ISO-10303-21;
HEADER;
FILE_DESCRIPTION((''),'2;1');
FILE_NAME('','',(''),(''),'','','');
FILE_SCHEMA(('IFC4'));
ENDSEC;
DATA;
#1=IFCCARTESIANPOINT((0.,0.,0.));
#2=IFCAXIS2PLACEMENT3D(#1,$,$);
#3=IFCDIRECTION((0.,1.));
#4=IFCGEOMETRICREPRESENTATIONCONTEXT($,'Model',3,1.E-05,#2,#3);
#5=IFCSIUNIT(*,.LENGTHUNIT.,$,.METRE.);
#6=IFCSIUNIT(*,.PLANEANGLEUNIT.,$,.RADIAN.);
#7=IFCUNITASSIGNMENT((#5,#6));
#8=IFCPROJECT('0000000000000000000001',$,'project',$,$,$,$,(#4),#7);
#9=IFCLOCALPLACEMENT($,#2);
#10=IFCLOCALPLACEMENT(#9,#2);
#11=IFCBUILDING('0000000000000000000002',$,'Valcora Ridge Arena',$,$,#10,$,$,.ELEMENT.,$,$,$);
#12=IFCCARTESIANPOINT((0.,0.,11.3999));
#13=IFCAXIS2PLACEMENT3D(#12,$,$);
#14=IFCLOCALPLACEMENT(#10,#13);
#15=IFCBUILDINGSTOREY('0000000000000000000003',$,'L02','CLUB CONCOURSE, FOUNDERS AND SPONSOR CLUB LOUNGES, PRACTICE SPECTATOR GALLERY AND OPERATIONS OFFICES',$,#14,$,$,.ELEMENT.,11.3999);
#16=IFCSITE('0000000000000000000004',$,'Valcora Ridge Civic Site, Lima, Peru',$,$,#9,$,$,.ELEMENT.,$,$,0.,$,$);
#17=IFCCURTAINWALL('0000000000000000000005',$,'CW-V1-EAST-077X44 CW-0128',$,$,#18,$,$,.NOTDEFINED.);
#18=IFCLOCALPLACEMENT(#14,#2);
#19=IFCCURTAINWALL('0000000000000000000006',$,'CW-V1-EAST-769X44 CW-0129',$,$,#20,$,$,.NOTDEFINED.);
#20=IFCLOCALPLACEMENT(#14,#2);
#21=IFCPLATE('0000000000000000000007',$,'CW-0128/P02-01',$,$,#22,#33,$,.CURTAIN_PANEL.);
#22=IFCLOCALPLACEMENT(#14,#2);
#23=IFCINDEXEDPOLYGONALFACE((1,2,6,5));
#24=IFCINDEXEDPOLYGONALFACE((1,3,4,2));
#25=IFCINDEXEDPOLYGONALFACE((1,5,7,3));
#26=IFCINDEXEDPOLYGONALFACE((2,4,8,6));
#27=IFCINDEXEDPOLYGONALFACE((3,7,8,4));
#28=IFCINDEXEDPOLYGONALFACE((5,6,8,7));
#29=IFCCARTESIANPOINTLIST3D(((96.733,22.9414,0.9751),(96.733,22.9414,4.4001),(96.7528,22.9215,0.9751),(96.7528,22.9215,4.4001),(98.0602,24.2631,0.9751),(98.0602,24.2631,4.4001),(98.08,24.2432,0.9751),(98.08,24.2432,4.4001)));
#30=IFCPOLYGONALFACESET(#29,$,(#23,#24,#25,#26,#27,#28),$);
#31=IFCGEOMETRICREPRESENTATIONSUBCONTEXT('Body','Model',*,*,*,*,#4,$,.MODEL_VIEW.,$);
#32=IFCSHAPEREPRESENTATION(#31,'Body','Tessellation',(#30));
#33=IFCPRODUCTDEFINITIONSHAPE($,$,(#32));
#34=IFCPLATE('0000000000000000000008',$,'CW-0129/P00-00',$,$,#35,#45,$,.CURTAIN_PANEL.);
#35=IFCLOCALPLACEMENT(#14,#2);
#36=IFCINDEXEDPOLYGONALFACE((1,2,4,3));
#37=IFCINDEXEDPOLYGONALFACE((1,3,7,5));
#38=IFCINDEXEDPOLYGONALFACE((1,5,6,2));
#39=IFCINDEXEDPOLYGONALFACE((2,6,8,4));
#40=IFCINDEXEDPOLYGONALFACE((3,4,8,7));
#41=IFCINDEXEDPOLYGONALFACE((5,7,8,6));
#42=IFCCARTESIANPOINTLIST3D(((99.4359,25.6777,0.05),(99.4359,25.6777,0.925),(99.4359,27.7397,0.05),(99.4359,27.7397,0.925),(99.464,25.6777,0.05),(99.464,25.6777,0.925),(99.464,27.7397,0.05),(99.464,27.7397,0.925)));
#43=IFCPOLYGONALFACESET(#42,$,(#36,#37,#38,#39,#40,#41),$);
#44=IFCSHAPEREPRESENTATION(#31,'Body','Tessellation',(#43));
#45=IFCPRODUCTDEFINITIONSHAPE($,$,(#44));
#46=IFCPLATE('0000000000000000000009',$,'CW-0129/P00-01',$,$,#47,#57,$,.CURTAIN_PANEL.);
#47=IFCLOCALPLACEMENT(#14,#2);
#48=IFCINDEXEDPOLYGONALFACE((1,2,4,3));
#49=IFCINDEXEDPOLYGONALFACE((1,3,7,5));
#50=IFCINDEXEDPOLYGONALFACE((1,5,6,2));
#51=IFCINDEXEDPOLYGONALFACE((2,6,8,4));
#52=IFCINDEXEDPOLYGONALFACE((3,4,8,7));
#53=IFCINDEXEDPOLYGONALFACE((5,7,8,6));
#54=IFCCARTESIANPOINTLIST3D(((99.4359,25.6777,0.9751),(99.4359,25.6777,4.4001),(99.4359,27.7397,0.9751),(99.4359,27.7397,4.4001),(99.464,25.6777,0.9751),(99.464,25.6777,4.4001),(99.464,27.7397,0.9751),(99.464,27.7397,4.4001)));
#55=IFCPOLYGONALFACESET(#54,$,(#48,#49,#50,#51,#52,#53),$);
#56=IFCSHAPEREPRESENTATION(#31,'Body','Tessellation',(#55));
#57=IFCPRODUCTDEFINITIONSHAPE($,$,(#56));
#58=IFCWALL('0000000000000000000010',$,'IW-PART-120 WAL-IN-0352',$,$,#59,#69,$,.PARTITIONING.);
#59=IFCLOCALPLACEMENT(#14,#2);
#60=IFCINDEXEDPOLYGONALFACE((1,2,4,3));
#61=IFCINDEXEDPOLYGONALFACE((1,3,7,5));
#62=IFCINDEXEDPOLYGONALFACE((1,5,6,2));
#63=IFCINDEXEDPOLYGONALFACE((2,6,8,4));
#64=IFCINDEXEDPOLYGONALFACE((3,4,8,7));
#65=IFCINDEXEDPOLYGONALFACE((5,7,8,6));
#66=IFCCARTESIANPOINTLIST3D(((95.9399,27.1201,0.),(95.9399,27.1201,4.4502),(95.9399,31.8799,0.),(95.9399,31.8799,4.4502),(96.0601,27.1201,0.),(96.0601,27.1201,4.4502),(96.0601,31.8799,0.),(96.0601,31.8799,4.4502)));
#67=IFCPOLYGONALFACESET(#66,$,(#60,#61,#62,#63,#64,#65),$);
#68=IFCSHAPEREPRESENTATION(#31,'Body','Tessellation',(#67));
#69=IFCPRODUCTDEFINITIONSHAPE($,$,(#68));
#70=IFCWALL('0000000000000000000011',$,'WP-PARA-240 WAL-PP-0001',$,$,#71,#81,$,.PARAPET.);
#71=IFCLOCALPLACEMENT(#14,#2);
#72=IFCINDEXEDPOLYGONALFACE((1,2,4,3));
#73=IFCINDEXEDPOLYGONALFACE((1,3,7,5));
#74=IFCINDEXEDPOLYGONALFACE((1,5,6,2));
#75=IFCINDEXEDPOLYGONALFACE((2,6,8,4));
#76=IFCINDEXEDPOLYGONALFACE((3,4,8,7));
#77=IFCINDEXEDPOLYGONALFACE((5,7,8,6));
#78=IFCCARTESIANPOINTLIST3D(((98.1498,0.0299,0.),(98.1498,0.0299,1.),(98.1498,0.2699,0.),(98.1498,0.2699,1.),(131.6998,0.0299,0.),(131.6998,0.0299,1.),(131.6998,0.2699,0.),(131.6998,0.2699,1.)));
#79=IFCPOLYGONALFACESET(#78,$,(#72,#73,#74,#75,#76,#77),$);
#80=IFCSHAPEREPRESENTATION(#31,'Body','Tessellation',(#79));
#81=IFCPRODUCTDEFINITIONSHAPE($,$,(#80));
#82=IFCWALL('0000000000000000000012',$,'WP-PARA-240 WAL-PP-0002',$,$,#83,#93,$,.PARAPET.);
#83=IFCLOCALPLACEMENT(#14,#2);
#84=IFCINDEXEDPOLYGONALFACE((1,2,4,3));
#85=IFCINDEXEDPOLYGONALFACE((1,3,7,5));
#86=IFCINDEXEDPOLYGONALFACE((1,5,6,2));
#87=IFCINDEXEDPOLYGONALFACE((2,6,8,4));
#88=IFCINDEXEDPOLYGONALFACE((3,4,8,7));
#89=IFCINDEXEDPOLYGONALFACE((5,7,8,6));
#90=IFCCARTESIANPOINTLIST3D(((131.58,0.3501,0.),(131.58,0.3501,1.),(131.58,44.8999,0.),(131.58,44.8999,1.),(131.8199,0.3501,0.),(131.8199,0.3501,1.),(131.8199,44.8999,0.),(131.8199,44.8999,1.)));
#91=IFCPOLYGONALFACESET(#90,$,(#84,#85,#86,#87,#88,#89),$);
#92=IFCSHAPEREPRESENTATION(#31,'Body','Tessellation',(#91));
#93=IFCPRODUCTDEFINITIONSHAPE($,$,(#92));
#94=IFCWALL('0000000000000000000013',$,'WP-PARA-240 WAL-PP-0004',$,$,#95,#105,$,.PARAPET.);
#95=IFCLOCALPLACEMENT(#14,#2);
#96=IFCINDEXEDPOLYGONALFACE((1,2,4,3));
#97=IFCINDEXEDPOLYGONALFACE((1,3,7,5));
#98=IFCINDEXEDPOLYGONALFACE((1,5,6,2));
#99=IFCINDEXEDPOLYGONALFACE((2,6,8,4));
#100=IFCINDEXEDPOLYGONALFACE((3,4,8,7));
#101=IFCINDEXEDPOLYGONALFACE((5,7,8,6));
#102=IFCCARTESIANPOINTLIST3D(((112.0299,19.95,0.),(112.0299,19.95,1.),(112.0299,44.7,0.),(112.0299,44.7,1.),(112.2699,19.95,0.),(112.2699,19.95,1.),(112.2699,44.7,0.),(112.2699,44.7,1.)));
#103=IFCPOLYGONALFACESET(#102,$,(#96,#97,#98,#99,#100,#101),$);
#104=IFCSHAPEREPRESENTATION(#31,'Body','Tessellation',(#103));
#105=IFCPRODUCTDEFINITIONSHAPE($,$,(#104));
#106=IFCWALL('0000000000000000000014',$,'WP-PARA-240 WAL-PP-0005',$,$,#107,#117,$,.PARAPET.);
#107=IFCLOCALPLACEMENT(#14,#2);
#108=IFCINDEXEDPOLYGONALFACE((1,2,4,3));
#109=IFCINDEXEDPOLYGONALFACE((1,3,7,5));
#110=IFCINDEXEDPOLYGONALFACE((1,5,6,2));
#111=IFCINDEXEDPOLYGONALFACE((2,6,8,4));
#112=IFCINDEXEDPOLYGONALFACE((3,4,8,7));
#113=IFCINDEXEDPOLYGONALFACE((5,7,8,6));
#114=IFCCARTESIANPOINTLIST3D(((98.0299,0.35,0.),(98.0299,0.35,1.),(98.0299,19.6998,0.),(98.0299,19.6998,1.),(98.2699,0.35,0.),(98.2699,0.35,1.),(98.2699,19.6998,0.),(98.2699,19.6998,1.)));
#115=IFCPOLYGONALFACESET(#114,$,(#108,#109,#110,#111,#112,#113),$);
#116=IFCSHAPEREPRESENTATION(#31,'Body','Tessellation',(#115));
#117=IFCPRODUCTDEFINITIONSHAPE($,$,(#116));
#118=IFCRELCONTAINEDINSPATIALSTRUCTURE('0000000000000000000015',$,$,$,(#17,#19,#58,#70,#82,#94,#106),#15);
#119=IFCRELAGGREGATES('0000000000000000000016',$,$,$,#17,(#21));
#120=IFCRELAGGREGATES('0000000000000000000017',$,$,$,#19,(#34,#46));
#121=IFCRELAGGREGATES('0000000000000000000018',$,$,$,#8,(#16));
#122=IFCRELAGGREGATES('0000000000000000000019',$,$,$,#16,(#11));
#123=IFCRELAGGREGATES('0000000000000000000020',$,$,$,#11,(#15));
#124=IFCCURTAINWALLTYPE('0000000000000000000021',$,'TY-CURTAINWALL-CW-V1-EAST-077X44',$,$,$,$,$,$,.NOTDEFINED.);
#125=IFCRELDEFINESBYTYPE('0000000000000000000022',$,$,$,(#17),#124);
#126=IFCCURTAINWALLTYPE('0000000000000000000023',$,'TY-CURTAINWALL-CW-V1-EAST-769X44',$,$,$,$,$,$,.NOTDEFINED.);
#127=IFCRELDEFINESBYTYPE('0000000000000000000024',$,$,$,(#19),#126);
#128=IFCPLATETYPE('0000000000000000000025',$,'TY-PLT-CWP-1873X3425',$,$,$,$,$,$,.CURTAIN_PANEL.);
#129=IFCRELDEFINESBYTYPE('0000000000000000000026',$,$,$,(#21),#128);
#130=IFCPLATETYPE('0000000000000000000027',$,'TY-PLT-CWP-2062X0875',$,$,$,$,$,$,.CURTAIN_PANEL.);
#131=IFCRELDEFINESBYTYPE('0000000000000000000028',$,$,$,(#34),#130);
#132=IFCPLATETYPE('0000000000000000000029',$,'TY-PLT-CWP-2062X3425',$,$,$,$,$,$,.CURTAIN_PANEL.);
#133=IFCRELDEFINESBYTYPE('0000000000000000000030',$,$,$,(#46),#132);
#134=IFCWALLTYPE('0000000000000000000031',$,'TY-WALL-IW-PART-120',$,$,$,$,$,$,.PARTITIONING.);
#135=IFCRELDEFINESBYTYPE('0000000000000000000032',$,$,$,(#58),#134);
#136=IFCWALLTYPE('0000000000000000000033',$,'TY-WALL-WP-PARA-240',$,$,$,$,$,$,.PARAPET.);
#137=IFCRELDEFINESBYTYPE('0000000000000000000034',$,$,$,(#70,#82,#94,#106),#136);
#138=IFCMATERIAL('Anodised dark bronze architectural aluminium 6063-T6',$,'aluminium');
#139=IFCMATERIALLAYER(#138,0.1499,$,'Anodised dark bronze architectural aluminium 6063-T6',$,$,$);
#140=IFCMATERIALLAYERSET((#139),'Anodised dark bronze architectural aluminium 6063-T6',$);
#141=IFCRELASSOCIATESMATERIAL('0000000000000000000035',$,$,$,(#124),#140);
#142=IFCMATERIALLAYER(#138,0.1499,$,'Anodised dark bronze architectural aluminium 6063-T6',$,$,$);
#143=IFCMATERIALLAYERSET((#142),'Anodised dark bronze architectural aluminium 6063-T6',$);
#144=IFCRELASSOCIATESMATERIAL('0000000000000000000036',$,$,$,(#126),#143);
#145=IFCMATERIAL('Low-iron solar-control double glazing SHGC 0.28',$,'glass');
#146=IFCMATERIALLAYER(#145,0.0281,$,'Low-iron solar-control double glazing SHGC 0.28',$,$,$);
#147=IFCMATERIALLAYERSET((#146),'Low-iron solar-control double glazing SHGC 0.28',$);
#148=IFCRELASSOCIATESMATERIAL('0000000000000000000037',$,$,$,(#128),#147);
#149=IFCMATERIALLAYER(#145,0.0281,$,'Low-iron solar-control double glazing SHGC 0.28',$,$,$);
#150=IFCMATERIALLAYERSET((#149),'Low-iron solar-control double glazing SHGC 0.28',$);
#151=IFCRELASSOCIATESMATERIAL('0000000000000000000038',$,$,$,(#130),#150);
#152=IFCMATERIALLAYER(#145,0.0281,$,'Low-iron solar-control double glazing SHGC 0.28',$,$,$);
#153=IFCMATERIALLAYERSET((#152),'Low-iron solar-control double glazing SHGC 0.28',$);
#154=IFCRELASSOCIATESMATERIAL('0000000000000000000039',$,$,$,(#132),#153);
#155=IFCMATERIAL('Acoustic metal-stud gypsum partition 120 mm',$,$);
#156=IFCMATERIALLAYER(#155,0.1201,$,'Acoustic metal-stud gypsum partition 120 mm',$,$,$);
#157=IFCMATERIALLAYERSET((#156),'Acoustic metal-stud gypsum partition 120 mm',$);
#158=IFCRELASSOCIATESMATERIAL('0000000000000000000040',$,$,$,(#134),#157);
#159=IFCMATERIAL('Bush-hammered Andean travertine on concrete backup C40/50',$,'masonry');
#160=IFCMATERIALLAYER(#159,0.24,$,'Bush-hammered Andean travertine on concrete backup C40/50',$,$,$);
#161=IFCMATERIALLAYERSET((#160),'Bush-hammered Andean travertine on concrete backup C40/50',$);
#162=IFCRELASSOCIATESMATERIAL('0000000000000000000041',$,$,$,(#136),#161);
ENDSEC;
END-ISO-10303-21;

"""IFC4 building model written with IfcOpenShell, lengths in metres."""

from ifc_helpers import new_model, si_unit, direction, frame, frame_2d, origin, origin_2d, place, context, subcontext, project, spatial, rectangle, extrude, material, layer, layer_set, type_object, element, aggregate, save


model = new_model("IFC4")

# Units and contexts
model_context = context("Model", 3, precision=1e-05, world=origin(), true_north=direction((0.0, 1.0)))
body_context = subcontext(model_context, "Body", "Model", "MODEL_VIEW")
ifc_project = project(units=[si_unit("LENGTHUNIT", "METRE"), si_unit("PLANEANGLEUNIT", "RADIAN")], contexts=[model_context])

# Site, building, storey
site_placement = place(None, origin())
site = spatial("IfcSite", under=ifc_project, at=site_placement, Name="Valcora Ridge Civic Site, Lima, Peru", CompositionType="ELEMENT", RefElevation=0.0)
building_placement = place(site_placement, origin())
building = spatial("IfcBuilding", under=site, at=building_placement, Name="Valcora Ridge Arena", CompositionType="ELEMENT")
storey_placement = place(building_placement, frame((0.0, 0.0, 11.3999)))
storey = spatial("IfcBuildingStorey", under=building, at=storey_placement, Name="L02", Description="CLUB CONCOURSE, FOUNDERS AND SPONSOR CLUB LOUNGES, PRACTICE SPECTATOR GALLERY AND OPERATIONS OFFICES", CompositionType="ELEMENT", Elevation=11.3999)

# Curtain walls
ifc_material_1 = material(Name="Anodised dark bronze architectural aluminium 6063-T6", Category="aluminium")
ifc_layer_1 = layer(ifc_material_1, 0.1499, Name="Anodised dark bronze architectural aluminium 6063-T6")
ifc_layer_set_1 = layer_set([ifc_layer_1], Name="Anodised dark bronze architectural aluminium 6063-T6")
curtain_wall_type_1 = type_object("IfcCurtainWallType", Name="TY-CURTAINWALL-CW-V1-EAST-077X44", PredefinedType="NOTDEFINED", material=ifc_layer_set_1)
curtain_wall_1_placement = place(storey_placement, origin())
curtain_wall_1 = element("IfcCurtainWall", 1, at=curtain_wall_1_placement, inside=storey, type_object=curtain_wall_type_1, Name="CW-V1-EAST-077X44 CW-0128", PredefinedType="NOTDEFINED")
ifc_layer_2 = layer(ifc_material_1, 0.1499, Name="Anodised dark bronze architectural aluminium 6063-T6")
ifc_layer_set_2 = layer_set([ifc_layer_2], Name="Anodised dark bronze architectural aluminium 6063-T6")
curtain_wall_type_2 = type_object("IfcCurtainWallType", Name="TY-CURTAINWALL-CW-V1-EAST-769X44", PredefinedType="NOTDEFINED", material=ifc_layer_set_2)
curtain_wall_2_placement = place(storey_placement, origin())
curtain_wall_2 = element("IfcCurtainWall", 2, at=curtain_wall_2_placement, inside=storey, type_object=curtain_wall_type_2, Name="CW-V1-EAST-769X44 CW-0129", PredefinedType="NOTDEFINED")

# Plates
ifc_material_2 = material(Name="Low-iron solar-control double glazing SHGC 0.28", Category="glass")
ifc_layer_3 = layer(ifc_material_2, 0.0281, Name="Low-iron solar-control double glazing SHGC 0.28")
ifc_layer_set_3 = layer_set([ifc_layer_3], Name="Low-iron solar-control double glazing SHGC 0.28")
plate_type_1 = type_object("IfcPlateType", Name="TY-PLT-CWP-1873X3425", PredefinedType="CURTAIN_PANEL", material=ifc_layer_set_3)
plate_1_placement = place(storey_placement, frame((97.4065, 23.5923, 0.9751), z_axis=(0.0, 0.0, 1.0), x_axis=(0.708555, 0.705655, 0.0)))
plate_1 = element("IfcPlate", 3, at=plate_1_placement, type_object=plate_type_1, Name="CW-0128/P02-01", PredefinedType="CURTAIN_PANEL", context=body_context, shape_type="SweptSolid", body=[
    extrude(rectangle(XDim=1.873, YDim=0.0281, at=origin_2d()), origin(), (0.0, 0.0, 1.0), 3.425),
])
aggregate(curtain_wall_1, [plate_1])
ifc_layer_4 = layer(ifc_material_2, 0.0281, Name="Low-iron solar-control double glazing SHGC 0.28")
ifc_layer_set_4 = layer_set([ifc_layer_4], Name="Low-iron solar-control double glazing SHGC 0.28")
plate_type_2 = type_object("IfcPlateType", Name="TY-PLT-CWP-2062X0875", PredefinedType="CURTAIN_PANEL", material=ifc_layer_set_4)
plate_2_placement = place(storey_placement, frame((99.45, 26.7087, 0.05), z_axis=(0.0, 0.0, 1.0), x_axis=(0.0, 1.0, 0.0)))
plate_2 = element("IfcPlate", 4, at=plate_2_placement, type_object=plate_type_2, Name="CW-0129/P00-00", PredefinedType="CURTAIN_PANEL", context=body_context, shape_type="SweptSolid", body=[
    extrude(rectangle(XDim=2.062, YDim=0.0281, at=origin_2d()), origin(), (0.0, 0.0, 1.0), 0.875),
])
ifc_layer_5 = layer(ifc_material_2, 0.0281, Name="Low-iron solar-control double glazing SHGC 0.28")
ifc_layer_set_5 = layer_set([ifc_layer_5], Name="Low-iron solar-control double glazing SHGC 0.28")
plate_type_3 = type_object("IfcPlateType", Name="TY-PLT-CWP-2062X3425", PredefinedType="CURTAIN_PANEL", material=ifc_layer_set_5)
plate_3_placement = place(storey_placement, frame((99.45, 26.7087, 0.9751), z_axis=(0.0, 0.0, 1.0), x_axis=(0.0, 1.0, 0.0)))
plate_3 = element("IfcPlate", 5, at=plate_3_placement, type_object=plate_type_3, Name="CW-0129/P00-01", PredefinedType="CURTAIN_PANEL", context=body_context, shape_type="SweptSolid", body=[
    extrude(rectangle(XDim=2.062, YDim=0.0281, at=origin_2d()), origin(), (0.0, 0.0, 1.0), 3.425),
])
aggregate(curtain_wall_2, [plate_2, plate_3])

# Walls
ifc_material_3 = material(Name="Acoustic metal-stud gypsum partition 120 mm")
ifc_layer_6 = layer(ifc_material_3, 0.1201, Name="Acoustic metal-stud gypsum partition 120 mm")
ifc_layer_set_6 = layer_set([ifc_layer_6], Name="Acoustic metal-stud gypsum partition 120 mm")
wall_type_1 = type_object("IfcWallType", Name="TY-WALL-IW-PART-120", PredefinedType="PARTITIONING", material=ifc_layer_set_6)
wall_1_placement = place(storey_placement, frame((96.0, 27.1201, 0.0), z_axis=(0.0, 0.0, 1.0), x_axis=(0.0, 1.0, 0.0)))
element("IfcWall", 6, at=wall_1_placement, inside=storey, type_object=wall_type_1, Name="IW-PART-120 WAL-IN-0352", PredefinedType="PARTITIONING", context=body_context, shape_type="SweptSolid", body=[
    extrude(rectangle(XDim=4.7598, YDim=0.1201, at=frame_2d((2.3799, 0.0))), origin(), (0.0, 0.0, 1.0), 4.4502),
])
ifc_material_4 = material(Name="Bush-hammered Andean travertine on concrete backup C40/50", Category="masonry")
ifc_layer_7 = layer(ifc_material_4, 0.24, Name="Bush-hammered Andean travertine on concrete backup C40/50")
ifc_layer_set_7 = layer_set([ifc_layer_7], Name="Bush-hammered Andean travertine on concrete backup C40/50")
wall_type_2 = type_object("IfcWallType", Name="TY-WALL-WP-PARA-240", PredefinedType="PARAPET", material=ifc_layer_set_7)
wall_2_placement = place(storey_placement, frame((98.1499, 0.1499, 0.0), z_axis=(0.0, 0.0, 1.0), x_axis=(1.0, 0.0, 0.0)))
element("IfcWall", 7, at=wall_2_placement, inside=storey, type_object=wall_type_2, Name="WP-PARA-240 WAL-PP-0001", PredefinedType="PARAPET", context=body_context, shape_type="SweptSolid", body=[
    extrude(rectangle(XDim=33.55, YDim=0.24, at=frame_2d((16.7749, 0.0))), origin(), (0.0, 0.0, 1.0), 1.0),
])
wall_3_placement = place(storey_placement, frame((131.7, 0.3501, 0.0), z_axis=(0.0, 0.0, 1.0), x_axis=(0.0, 1.0, 0.0)))
element("IfcWall", 8, at=wall_3_placement, inside=storey, type_object=wall_type_2, Name="WP-PARA-240 WAL-PP-0002", PredefinedType="PARAPET", context=body_context, shape_type="SweptSolid", body=[
    extrude(rectangle(XDim=44.5498, YDim=0.24, at=frame_2d((22.2749, 0.0))), origin(), (0.0, 0.0, 1.0), 1.0),
])
wall_4_placement = place(storey_placement, frame((112.1499, 19.95, 0.0), z_axis=(0.0, 0.0, 1.0), x_axis=(0.0, 1.0, 0.0)))
element("IfcWall", 9, at=wall_4_placement, inside=storey, type_object=wall_type_2, Name="WP-PARA-240 WAL-PP-0004", PredefinedType="PARAPET", context=body_context, shape_type="SweptSolid", body=[
    extrude(rectangle(XDim=24.75, YDim=0.24, at=frame_2d((12.375, 0.0))), origin(), (0.0, 0.0, 1.0), 1.0),
])
wall_5_placement = place(storey_placement, frame((98.1499, 0.3501, 0.0), z_axis=(0.0, 0.0, 1.0), x_axis=(0.0, 1.0, 0.0)))
element("IfcWall", 10, at=wall_5_placement, inside=storey, type_object=wall_type_2, Name="WP-PARA-240 WAL-PP-0005", PredefinedType="PARAPET", context=body_context, shape_type="SweptSolid", body=[
    extrude(rectangle(XDim=19.3499, YDim=0.24, at=frame_2d((9.6748, 0.0))), origin(), (0.0, 0.0, 1.0), 1.0),
])

save(model, "model.ifc")
